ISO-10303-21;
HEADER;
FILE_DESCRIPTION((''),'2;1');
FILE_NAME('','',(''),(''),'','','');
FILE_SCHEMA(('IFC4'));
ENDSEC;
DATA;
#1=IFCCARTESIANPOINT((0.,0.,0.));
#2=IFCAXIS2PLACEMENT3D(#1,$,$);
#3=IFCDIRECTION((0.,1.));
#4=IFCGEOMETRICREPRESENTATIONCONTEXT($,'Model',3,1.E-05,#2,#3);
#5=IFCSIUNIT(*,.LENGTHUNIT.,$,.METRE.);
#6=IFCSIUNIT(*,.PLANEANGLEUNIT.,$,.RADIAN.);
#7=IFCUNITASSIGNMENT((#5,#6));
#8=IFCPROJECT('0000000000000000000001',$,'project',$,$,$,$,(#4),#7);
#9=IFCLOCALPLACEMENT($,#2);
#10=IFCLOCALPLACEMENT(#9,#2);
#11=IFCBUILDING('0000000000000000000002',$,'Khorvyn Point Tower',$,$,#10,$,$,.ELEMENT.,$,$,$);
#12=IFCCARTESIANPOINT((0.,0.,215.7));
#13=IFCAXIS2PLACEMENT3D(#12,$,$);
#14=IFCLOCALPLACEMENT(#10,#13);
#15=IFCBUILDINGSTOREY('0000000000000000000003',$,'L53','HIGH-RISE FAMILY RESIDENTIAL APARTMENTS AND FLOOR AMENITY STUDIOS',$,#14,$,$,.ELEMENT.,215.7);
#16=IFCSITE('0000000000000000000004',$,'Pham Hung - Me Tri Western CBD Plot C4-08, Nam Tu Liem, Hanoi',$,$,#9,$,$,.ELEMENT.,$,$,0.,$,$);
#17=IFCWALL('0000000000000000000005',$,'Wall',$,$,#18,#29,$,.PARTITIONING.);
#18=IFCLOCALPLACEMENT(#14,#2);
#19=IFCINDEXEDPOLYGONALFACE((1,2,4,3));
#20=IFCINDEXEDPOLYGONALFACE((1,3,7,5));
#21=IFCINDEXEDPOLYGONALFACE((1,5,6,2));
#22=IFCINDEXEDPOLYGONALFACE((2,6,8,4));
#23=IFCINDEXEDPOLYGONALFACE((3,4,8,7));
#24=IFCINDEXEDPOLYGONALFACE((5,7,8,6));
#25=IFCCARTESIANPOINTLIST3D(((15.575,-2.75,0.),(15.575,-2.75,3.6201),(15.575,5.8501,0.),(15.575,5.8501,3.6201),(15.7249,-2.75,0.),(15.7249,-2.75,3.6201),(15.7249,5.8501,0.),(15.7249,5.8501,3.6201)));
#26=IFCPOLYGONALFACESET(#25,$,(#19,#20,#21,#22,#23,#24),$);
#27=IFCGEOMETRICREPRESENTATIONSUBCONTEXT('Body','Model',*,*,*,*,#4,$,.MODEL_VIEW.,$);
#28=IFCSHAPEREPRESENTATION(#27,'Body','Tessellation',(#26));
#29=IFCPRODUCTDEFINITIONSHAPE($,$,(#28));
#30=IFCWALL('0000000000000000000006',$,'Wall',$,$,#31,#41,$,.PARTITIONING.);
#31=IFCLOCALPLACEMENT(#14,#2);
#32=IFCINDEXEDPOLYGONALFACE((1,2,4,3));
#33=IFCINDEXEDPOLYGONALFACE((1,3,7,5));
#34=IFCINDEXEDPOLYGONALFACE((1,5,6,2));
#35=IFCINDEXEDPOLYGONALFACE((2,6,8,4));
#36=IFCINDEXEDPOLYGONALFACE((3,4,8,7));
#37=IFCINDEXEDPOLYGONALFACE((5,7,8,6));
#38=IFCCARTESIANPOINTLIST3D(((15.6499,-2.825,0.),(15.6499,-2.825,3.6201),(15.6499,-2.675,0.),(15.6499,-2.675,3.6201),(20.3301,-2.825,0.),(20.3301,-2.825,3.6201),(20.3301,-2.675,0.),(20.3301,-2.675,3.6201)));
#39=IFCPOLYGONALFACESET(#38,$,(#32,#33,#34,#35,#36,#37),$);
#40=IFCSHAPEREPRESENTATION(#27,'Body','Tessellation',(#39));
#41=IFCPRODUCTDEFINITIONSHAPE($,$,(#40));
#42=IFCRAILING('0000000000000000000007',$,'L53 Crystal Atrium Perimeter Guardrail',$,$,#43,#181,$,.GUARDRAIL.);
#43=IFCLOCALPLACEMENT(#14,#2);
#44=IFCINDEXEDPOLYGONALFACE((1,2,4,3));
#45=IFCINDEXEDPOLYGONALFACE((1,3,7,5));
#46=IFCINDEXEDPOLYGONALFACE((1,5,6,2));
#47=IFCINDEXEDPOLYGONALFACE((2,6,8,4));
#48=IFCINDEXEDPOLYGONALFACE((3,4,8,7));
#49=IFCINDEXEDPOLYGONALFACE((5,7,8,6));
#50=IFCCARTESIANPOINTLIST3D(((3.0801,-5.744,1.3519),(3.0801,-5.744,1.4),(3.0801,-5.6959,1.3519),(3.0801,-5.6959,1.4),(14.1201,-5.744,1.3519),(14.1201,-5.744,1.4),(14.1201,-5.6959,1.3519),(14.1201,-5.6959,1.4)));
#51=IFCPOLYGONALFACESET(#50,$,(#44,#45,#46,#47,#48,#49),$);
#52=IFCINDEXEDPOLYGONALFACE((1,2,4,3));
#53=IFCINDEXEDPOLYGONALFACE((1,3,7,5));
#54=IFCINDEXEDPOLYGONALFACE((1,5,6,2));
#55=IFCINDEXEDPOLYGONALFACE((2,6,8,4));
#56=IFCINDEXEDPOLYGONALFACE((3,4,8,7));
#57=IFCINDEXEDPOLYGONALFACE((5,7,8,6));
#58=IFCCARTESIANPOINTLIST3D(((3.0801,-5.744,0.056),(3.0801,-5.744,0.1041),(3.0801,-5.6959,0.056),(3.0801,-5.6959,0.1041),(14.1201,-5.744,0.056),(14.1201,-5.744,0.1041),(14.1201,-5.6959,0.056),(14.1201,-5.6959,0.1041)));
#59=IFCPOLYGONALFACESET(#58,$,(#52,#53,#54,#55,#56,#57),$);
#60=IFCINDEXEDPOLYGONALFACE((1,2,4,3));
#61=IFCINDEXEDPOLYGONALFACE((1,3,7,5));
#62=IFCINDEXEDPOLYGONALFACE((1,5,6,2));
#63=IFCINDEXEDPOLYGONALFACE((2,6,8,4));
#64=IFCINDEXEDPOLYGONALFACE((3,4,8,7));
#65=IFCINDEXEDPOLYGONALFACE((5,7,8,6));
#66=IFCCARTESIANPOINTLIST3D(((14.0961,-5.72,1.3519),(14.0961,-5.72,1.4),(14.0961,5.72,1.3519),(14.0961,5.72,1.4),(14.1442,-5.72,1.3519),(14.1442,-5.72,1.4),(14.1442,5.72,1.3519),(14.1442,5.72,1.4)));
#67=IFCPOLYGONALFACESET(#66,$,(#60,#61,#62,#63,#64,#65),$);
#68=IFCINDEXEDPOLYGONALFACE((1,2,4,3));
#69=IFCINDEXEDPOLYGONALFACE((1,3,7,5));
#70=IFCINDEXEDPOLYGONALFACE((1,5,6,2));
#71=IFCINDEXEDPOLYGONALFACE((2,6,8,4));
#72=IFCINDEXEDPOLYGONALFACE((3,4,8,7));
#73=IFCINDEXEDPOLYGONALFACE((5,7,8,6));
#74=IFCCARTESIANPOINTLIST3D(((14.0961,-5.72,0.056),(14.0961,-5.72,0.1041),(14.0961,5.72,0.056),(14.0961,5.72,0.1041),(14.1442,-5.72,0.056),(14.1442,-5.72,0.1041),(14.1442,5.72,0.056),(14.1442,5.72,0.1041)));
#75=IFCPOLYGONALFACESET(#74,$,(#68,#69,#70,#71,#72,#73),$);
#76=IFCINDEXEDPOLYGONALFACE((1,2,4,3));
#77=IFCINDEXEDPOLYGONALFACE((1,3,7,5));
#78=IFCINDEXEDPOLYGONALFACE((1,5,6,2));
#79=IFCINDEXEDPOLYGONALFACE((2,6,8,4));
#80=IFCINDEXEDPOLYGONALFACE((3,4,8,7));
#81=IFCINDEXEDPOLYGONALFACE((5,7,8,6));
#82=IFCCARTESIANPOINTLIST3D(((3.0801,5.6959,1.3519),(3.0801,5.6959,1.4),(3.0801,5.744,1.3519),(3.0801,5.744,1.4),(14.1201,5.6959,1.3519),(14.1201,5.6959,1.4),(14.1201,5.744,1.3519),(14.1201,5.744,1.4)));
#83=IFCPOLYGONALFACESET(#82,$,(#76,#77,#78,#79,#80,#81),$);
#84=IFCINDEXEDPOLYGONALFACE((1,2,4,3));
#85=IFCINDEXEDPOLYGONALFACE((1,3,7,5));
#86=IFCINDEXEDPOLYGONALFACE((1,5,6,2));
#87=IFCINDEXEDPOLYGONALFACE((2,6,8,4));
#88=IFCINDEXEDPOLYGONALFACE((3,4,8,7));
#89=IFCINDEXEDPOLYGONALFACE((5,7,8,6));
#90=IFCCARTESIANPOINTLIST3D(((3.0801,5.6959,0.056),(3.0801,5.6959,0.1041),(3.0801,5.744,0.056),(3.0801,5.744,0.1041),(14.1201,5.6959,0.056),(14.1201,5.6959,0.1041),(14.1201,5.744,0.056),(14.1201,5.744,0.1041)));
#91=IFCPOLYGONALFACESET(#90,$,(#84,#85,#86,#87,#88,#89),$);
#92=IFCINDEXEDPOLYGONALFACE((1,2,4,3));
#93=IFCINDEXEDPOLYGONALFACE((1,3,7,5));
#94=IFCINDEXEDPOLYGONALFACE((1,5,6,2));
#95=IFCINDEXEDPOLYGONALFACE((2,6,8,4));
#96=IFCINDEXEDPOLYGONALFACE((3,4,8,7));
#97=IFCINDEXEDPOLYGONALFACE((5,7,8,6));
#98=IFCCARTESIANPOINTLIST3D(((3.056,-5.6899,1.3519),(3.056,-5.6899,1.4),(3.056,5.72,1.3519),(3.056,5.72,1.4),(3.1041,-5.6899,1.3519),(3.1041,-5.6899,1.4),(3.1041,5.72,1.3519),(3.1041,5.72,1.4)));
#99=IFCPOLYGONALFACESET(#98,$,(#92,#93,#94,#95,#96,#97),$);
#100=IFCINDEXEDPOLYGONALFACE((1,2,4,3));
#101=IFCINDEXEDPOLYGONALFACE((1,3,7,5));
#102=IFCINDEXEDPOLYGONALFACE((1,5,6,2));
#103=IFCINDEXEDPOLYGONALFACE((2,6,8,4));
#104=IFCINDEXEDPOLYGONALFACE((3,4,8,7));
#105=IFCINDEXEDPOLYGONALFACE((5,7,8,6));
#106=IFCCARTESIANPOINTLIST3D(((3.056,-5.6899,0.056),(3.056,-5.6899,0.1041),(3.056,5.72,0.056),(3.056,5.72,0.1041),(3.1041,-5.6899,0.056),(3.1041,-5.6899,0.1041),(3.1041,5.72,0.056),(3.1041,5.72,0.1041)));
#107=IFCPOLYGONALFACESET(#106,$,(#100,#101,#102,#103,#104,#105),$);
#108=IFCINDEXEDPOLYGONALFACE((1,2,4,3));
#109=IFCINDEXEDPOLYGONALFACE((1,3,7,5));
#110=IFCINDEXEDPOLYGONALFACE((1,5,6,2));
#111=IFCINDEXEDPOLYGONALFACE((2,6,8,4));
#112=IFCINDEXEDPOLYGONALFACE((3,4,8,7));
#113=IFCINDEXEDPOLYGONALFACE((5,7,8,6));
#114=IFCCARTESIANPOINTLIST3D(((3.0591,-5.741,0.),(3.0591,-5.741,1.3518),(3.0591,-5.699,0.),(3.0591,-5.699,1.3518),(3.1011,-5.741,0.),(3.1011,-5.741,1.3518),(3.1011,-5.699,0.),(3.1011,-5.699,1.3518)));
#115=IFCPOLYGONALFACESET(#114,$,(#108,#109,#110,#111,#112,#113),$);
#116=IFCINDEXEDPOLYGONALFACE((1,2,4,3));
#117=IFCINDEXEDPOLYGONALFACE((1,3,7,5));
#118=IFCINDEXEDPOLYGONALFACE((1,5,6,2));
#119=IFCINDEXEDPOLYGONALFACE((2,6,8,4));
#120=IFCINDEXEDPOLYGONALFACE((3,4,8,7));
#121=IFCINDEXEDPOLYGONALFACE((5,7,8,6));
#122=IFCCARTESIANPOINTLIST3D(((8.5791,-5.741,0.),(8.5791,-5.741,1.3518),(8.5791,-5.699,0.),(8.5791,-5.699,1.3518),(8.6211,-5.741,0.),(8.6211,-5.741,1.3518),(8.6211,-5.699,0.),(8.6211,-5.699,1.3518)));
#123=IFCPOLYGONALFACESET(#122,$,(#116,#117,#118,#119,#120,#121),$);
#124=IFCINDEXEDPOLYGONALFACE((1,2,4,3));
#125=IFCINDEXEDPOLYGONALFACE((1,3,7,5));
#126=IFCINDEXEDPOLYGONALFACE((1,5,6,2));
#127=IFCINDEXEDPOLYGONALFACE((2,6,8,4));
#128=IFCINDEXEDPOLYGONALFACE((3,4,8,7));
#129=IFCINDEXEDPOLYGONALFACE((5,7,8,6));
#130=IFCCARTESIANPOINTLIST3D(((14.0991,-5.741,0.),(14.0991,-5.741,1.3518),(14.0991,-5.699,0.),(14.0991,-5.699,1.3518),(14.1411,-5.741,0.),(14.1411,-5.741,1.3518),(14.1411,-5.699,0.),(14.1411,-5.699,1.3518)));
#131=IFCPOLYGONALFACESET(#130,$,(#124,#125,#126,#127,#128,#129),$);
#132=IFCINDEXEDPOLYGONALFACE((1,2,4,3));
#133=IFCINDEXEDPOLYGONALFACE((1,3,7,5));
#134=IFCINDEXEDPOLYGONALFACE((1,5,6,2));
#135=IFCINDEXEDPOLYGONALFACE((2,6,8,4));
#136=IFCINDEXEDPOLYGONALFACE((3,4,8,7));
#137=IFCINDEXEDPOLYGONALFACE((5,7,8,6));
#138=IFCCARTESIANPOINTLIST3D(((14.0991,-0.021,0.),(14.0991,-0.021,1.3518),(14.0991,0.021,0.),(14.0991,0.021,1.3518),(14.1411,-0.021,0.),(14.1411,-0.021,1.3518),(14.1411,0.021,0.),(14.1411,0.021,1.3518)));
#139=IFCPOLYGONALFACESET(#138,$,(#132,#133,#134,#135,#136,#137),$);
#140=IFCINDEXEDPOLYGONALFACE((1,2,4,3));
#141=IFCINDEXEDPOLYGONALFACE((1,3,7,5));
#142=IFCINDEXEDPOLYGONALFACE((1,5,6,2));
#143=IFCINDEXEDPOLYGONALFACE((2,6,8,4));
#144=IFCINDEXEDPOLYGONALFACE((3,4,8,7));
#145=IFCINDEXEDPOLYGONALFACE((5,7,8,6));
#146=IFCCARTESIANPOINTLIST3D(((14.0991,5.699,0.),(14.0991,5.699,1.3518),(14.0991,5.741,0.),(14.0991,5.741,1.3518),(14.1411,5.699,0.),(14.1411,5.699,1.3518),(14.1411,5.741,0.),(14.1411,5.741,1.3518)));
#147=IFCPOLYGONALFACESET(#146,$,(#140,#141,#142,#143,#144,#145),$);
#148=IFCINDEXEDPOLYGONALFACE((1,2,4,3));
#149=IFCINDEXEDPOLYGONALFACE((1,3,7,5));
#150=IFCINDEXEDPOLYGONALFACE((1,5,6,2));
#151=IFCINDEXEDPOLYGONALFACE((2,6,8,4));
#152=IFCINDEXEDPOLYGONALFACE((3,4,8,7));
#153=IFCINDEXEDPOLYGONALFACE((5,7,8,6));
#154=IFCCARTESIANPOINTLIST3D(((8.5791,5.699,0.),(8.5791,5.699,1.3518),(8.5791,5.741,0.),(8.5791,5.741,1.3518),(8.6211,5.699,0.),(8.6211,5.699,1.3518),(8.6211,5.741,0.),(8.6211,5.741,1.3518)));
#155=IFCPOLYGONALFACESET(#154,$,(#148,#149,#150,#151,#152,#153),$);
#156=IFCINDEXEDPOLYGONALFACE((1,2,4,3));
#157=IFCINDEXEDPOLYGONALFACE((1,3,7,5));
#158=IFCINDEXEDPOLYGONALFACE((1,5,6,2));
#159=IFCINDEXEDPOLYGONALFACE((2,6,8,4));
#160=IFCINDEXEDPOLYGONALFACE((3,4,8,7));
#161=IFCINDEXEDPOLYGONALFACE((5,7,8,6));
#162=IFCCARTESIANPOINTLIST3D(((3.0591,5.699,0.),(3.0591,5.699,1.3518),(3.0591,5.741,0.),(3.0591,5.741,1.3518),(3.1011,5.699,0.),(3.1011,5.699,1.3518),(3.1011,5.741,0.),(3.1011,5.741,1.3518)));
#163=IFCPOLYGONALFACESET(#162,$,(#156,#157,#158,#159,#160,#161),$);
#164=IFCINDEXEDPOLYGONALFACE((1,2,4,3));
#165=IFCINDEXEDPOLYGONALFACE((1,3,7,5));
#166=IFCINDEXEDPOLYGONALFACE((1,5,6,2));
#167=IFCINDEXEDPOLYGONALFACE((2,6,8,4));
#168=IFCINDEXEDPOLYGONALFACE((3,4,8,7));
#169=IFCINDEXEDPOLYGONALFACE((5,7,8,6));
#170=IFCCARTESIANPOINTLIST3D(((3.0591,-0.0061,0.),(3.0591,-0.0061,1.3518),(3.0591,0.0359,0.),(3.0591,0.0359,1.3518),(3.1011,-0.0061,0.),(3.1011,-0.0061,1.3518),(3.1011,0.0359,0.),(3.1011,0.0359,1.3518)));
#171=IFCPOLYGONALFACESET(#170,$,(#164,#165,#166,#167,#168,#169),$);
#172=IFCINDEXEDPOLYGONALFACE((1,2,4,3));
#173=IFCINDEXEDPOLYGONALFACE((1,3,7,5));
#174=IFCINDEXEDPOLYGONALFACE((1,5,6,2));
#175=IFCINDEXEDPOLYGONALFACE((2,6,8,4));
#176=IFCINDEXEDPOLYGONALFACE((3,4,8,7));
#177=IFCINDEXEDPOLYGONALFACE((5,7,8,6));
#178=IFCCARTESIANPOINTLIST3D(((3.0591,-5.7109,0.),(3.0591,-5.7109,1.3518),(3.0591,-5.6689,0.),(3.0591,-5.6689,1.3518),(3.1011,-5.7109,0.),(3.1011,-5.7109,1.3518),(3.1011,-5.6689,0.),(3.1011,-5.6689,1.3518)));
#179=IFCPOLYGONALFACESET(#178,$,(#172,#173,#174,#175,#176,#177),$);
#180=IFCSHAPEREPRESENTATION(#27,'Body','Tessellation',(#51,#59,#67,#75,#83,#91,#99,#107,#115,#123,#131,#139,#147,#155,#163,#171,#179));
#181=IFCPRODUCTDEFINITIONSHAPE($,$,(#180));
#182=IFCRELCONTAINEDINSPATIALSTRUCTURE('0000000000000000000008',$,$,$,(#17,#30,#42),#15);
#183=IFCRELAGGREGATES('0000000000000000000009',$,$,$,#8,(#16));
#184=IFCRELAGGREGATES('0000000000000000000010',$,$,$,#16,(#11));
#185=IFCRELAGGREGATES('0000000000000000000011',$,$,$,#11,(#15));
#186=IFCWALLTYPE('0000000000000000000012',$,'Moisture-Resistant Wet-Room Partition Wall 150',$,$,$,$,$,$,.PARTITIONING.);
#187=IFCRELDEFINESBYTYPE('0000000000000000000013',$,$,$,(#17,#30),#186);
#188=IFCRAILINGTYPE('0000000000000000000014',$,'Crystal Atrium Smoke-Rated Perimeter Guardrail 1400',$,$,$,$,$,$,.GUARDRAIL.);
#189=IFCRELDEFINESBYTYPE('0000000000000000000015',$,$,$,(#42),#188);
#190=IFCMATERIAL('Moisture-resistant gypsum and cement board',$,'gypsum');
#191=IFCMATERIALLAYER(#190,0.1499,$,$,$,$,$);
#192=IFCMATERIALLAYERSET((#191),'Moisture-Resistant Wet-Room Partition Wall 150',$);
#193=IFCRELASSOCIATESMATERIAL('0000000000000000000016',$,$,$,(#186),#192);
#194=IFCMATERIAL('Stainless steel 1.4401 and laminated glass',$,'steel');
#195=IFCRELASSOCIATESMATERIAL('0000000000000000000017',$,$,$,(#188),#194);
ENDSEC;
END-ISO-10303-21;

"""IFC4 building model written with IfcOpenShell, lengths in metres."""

from ifc_helpers import new_model, si_unit, direction, frame, frame_2d, origin, origin_2d, place, context, subcontext, project, spatial, rectangle, extrude, material, layer, layer_set, type_object, element, save


model = new_model("IFC4")

# Units and contexts
model_context = context("Model", 3, precision=1e-05, world=origin(), true_north=direction((0.0, 1.0)))
body_context = subcontext(model_context, "Body", "Model", "MODEL_VIEW")
ifc_project = project(units=[si_unit("LENGTHUNIT", "METRE"), si_unit("PLANEANGLEUNIT", "RADIAN")], contexts=[model_context])

# Site, building, storey
site_placement = place(None, origin())
site = spatial("IfcSite", under=ifc_project, at=site_placement, Name="Pham Hung - Me Tri Western CBD Plot C4-08, Nam Tu Liem, Hanoi", CompositionType="ELEMENT", RefElevation=0.0)
building_placement = place(site_placement, origin())
building = spatial("IfcBuilding", under=site, at=building_placement, Name="Khorvyn Point Tower", CompositionType="ELEMENT")
storey_placement = place(building_placement, frame((0.0, 0.0, 215.7)))
storey = spatial("IfcBuildingStorey", under=building, at=storey_placement, Name="L53", Description="HIGH-RISE FAMILY RESIDENTIAL APARTMENTS AND FLOOR AMENITY STUDIOS", CompositionType="ELEMENT", Elevation=215.7)

# Walls
ifc_material_1 = material(Name="Moisture-resistant gypsum and cement board", Category="gypsum")
ifc_layer_1 = layer(ifc_material_1, 0.1499)
ifc_layer_set_1 = layer_set([ifc_layer_1], Name="Moisture-Resistant Wet-Room Partition Wall 150")
wall_type_1 = type_object("IfcWallType", Name="Moisture-Resistant Wet-Room Partition Wall 150", PredefinedType="PARTITIONING", material=ifc_layer_set_1)
wall_1_placement = place(storey_placement, frame((15.6499, -2.75, 0.0), z_axis=(0.0, 0.0, 1.0), x_axis=(0.0, 1.0, 0.0)))
element("IfcWall", 1, at=wall_1_placement, inside=storey, type_object=wall_type_1, Name="Wall", PredefinedType="PARTITIONING", context=body_context, shape_type="SweptSolid", body=[
    extrude(rectangle(XDim=8.6001, YDim=0.1499, at=frame_2d((4.3, 0.0))), origin(), (0.0, 0.0, 1.0), 3.6201),
])
wall_2_placement = place(storey_placement, frame((15.6499, -2.75, 0.0), z_axis=(0.0, 0.0, 1.0), x_axis=(1.0, 0.0, 0.0)))
element("IfcWall", 2, at=wall_2_placement, inside=storey, type_object=wall_type_1, Name="Wall", PredefinedType="PARTITIONING", context=body_context, shape_type="SweptSolid", body=[
    extrude(rectangle(XDim=4.6802, YDim=0.1499, at=frame_2d((2.3401, 0.0))), origin(), (0.0, 0.0, 1.0), 3.6201),
])

# Railing
ifc_material_2 = material(Name="Stainless steel 1.4401 and laminated glass", Category="steel")
railing_type = type_object("IfcRailingType", Name="Crystal Atrium Smoke-Rated Perimeter Guardrail 1400", PredefinedType="GUARDRAIL", material=ifc_material_2)
railing_placement = place(storey_placement, frame((3.0801, -5.72, 0.0)))
element("IfcRailing", 3, at=railing_placement, inside=storey, type_object=railing_type, Name="L53 Crystal Atrium Perimeter Guardrail", PredefinedType="GUARDRAIL", context=body_context, shape_type="SweptSolid", body=[
    extrude(rectangle(XDim=0.0481, YDim=0.0481, at=origin_2d()), frame((0.0, 0.0, 1.376), z_axis=(1.0, 0.0, 0.0), x_axis=(0.0, 1.0, 0.0)), (0.0, 0.0, 1.0), 11.04),
    extrude(rectangle(XDim=0.0481, YDim=0.0481, at=origin_2d()), frame((0.0, 0.0, 0.0801), z_axis=(1.0, 0.0, 0.0), x_axis=(0.0, 1.0, 0.0)), (0.0, 0.0, 1.0), 11.04),
    extrude(rectangle(XDim=0.0481, YDim=0.0481, at=origin_2d()), frame((11.04, 0.0, 1.376), z_axis=(0.0, 1.0, 0.0), x_axis=(-1.0, 0.0, 0.0)), (0.0, 0.0, 1.0), 11.4399),
    extrude(rectangle(XDim=0.0481, YDim=0.0481, at=origin_2d()), frame((11.04, 0.0, 0.0801), z_axis=(0.0, 1.0, 0.0), x_axis=(-1.0, 0.0, 0.0)), (0.0, 0.0, 1.0), 11.4399),
    extrude(rectangle(XDim=0.0481, YDim=0.0481, at=origin_2d()), frame((11.04, 11.4399, 1.376), z_axis=(-1.0, 0.0, 0.0), x_axis=(0.0, -1.0, 0.0)), (0.0, 0.0, 1.0), 11.04),
    extrude(rectangle(XDim=0.0481, YDim=0.0481, at=origin_2d()), frame((11.04, 11.4399, 0.0801), z_axis=(-1.0, 0.0, 0.0), x_axis=(0.0, -1.0, 0.0)), (0.0, 0.0, 1.0), 11.04),
    extrude(rectangle(XDim=0.0481, YDim=0.0481, at=origin_2d()), frame((0.0, 11.4399, 1.376), z_axis=(0.0, -1.0, 0.0), x_axis=(1.0, 0.0, 0.0)), (0.0, 0.0, 1.0), 11.4099),
    extrude(rectangle(XDim=0.0481, YDim=0.0481, at=origin_2d()), frame((0.0, 11.4399, 0.0801), z_axis=(0.0, -1.0, 0.0), x_axis=(1.0, 0.0, 0.0)), (0.0, 0.0, 1.0), 11.4099),
    extrude(rectangle(XDim=0.042, YDim=0.042, at=origin_2d()), origin(), (0.0, 0.0, 1.0), 1.3518),
    extrude(rectangle(XDim=0.042, YDim=0.042, at=origin_2d()), frame((5.52, 0.0, 0.0)), (0.0, 0.0, 1.0), 1.3518),
    extrude(rectangle(XDim=0.042, YDim=0.042, at=origin_2d()), frame((11.04, 0.0, 0.0)), (0.0, 0.0, 1.0), 1.3518),
    extrude(rectangle(XDim=0.042, YDim=0.042, at=origin_2d()), frame((11.04, 5.72, 0.0)), (0.0, 0.0, 1.0), 1.3518),
    extrude(rectangle(XDim=0.042, YDim=0.042, at=origin_2d()), frame((11.04, 11.4399, 0.0)), (0.0, 0.0, 1.0), 1.3518),
    extrude(rectangle(XDim=0.042, YDim=0.042, at=origin_2d()), frame((5.52, 11.4399, 0.0)), (0.0, 0.0, 1.0), 1.3518),
    extrude(rectangle(XDim=0.042, YDim=0.042, at=origin_2d()), frame((0.0, 11.4399, 0.0)), (0.0, 0.0, 1.0), 1.3518),
    extrude(rectangle(XDim=0.042, YDim=0.042, at=origin_2d()), frame((0.0, 5.7349, 0.0)), (0.0, 0.0, 1.0), 1.3518),
    extrude(rectangle(XDim=0.042, YDim=0.042, at=origin_2d()), frame((0.0, 0.03, 0.0)), (0.0, 0.0, 1.0), 1.3518),
])

save(model, "model.ifc")
